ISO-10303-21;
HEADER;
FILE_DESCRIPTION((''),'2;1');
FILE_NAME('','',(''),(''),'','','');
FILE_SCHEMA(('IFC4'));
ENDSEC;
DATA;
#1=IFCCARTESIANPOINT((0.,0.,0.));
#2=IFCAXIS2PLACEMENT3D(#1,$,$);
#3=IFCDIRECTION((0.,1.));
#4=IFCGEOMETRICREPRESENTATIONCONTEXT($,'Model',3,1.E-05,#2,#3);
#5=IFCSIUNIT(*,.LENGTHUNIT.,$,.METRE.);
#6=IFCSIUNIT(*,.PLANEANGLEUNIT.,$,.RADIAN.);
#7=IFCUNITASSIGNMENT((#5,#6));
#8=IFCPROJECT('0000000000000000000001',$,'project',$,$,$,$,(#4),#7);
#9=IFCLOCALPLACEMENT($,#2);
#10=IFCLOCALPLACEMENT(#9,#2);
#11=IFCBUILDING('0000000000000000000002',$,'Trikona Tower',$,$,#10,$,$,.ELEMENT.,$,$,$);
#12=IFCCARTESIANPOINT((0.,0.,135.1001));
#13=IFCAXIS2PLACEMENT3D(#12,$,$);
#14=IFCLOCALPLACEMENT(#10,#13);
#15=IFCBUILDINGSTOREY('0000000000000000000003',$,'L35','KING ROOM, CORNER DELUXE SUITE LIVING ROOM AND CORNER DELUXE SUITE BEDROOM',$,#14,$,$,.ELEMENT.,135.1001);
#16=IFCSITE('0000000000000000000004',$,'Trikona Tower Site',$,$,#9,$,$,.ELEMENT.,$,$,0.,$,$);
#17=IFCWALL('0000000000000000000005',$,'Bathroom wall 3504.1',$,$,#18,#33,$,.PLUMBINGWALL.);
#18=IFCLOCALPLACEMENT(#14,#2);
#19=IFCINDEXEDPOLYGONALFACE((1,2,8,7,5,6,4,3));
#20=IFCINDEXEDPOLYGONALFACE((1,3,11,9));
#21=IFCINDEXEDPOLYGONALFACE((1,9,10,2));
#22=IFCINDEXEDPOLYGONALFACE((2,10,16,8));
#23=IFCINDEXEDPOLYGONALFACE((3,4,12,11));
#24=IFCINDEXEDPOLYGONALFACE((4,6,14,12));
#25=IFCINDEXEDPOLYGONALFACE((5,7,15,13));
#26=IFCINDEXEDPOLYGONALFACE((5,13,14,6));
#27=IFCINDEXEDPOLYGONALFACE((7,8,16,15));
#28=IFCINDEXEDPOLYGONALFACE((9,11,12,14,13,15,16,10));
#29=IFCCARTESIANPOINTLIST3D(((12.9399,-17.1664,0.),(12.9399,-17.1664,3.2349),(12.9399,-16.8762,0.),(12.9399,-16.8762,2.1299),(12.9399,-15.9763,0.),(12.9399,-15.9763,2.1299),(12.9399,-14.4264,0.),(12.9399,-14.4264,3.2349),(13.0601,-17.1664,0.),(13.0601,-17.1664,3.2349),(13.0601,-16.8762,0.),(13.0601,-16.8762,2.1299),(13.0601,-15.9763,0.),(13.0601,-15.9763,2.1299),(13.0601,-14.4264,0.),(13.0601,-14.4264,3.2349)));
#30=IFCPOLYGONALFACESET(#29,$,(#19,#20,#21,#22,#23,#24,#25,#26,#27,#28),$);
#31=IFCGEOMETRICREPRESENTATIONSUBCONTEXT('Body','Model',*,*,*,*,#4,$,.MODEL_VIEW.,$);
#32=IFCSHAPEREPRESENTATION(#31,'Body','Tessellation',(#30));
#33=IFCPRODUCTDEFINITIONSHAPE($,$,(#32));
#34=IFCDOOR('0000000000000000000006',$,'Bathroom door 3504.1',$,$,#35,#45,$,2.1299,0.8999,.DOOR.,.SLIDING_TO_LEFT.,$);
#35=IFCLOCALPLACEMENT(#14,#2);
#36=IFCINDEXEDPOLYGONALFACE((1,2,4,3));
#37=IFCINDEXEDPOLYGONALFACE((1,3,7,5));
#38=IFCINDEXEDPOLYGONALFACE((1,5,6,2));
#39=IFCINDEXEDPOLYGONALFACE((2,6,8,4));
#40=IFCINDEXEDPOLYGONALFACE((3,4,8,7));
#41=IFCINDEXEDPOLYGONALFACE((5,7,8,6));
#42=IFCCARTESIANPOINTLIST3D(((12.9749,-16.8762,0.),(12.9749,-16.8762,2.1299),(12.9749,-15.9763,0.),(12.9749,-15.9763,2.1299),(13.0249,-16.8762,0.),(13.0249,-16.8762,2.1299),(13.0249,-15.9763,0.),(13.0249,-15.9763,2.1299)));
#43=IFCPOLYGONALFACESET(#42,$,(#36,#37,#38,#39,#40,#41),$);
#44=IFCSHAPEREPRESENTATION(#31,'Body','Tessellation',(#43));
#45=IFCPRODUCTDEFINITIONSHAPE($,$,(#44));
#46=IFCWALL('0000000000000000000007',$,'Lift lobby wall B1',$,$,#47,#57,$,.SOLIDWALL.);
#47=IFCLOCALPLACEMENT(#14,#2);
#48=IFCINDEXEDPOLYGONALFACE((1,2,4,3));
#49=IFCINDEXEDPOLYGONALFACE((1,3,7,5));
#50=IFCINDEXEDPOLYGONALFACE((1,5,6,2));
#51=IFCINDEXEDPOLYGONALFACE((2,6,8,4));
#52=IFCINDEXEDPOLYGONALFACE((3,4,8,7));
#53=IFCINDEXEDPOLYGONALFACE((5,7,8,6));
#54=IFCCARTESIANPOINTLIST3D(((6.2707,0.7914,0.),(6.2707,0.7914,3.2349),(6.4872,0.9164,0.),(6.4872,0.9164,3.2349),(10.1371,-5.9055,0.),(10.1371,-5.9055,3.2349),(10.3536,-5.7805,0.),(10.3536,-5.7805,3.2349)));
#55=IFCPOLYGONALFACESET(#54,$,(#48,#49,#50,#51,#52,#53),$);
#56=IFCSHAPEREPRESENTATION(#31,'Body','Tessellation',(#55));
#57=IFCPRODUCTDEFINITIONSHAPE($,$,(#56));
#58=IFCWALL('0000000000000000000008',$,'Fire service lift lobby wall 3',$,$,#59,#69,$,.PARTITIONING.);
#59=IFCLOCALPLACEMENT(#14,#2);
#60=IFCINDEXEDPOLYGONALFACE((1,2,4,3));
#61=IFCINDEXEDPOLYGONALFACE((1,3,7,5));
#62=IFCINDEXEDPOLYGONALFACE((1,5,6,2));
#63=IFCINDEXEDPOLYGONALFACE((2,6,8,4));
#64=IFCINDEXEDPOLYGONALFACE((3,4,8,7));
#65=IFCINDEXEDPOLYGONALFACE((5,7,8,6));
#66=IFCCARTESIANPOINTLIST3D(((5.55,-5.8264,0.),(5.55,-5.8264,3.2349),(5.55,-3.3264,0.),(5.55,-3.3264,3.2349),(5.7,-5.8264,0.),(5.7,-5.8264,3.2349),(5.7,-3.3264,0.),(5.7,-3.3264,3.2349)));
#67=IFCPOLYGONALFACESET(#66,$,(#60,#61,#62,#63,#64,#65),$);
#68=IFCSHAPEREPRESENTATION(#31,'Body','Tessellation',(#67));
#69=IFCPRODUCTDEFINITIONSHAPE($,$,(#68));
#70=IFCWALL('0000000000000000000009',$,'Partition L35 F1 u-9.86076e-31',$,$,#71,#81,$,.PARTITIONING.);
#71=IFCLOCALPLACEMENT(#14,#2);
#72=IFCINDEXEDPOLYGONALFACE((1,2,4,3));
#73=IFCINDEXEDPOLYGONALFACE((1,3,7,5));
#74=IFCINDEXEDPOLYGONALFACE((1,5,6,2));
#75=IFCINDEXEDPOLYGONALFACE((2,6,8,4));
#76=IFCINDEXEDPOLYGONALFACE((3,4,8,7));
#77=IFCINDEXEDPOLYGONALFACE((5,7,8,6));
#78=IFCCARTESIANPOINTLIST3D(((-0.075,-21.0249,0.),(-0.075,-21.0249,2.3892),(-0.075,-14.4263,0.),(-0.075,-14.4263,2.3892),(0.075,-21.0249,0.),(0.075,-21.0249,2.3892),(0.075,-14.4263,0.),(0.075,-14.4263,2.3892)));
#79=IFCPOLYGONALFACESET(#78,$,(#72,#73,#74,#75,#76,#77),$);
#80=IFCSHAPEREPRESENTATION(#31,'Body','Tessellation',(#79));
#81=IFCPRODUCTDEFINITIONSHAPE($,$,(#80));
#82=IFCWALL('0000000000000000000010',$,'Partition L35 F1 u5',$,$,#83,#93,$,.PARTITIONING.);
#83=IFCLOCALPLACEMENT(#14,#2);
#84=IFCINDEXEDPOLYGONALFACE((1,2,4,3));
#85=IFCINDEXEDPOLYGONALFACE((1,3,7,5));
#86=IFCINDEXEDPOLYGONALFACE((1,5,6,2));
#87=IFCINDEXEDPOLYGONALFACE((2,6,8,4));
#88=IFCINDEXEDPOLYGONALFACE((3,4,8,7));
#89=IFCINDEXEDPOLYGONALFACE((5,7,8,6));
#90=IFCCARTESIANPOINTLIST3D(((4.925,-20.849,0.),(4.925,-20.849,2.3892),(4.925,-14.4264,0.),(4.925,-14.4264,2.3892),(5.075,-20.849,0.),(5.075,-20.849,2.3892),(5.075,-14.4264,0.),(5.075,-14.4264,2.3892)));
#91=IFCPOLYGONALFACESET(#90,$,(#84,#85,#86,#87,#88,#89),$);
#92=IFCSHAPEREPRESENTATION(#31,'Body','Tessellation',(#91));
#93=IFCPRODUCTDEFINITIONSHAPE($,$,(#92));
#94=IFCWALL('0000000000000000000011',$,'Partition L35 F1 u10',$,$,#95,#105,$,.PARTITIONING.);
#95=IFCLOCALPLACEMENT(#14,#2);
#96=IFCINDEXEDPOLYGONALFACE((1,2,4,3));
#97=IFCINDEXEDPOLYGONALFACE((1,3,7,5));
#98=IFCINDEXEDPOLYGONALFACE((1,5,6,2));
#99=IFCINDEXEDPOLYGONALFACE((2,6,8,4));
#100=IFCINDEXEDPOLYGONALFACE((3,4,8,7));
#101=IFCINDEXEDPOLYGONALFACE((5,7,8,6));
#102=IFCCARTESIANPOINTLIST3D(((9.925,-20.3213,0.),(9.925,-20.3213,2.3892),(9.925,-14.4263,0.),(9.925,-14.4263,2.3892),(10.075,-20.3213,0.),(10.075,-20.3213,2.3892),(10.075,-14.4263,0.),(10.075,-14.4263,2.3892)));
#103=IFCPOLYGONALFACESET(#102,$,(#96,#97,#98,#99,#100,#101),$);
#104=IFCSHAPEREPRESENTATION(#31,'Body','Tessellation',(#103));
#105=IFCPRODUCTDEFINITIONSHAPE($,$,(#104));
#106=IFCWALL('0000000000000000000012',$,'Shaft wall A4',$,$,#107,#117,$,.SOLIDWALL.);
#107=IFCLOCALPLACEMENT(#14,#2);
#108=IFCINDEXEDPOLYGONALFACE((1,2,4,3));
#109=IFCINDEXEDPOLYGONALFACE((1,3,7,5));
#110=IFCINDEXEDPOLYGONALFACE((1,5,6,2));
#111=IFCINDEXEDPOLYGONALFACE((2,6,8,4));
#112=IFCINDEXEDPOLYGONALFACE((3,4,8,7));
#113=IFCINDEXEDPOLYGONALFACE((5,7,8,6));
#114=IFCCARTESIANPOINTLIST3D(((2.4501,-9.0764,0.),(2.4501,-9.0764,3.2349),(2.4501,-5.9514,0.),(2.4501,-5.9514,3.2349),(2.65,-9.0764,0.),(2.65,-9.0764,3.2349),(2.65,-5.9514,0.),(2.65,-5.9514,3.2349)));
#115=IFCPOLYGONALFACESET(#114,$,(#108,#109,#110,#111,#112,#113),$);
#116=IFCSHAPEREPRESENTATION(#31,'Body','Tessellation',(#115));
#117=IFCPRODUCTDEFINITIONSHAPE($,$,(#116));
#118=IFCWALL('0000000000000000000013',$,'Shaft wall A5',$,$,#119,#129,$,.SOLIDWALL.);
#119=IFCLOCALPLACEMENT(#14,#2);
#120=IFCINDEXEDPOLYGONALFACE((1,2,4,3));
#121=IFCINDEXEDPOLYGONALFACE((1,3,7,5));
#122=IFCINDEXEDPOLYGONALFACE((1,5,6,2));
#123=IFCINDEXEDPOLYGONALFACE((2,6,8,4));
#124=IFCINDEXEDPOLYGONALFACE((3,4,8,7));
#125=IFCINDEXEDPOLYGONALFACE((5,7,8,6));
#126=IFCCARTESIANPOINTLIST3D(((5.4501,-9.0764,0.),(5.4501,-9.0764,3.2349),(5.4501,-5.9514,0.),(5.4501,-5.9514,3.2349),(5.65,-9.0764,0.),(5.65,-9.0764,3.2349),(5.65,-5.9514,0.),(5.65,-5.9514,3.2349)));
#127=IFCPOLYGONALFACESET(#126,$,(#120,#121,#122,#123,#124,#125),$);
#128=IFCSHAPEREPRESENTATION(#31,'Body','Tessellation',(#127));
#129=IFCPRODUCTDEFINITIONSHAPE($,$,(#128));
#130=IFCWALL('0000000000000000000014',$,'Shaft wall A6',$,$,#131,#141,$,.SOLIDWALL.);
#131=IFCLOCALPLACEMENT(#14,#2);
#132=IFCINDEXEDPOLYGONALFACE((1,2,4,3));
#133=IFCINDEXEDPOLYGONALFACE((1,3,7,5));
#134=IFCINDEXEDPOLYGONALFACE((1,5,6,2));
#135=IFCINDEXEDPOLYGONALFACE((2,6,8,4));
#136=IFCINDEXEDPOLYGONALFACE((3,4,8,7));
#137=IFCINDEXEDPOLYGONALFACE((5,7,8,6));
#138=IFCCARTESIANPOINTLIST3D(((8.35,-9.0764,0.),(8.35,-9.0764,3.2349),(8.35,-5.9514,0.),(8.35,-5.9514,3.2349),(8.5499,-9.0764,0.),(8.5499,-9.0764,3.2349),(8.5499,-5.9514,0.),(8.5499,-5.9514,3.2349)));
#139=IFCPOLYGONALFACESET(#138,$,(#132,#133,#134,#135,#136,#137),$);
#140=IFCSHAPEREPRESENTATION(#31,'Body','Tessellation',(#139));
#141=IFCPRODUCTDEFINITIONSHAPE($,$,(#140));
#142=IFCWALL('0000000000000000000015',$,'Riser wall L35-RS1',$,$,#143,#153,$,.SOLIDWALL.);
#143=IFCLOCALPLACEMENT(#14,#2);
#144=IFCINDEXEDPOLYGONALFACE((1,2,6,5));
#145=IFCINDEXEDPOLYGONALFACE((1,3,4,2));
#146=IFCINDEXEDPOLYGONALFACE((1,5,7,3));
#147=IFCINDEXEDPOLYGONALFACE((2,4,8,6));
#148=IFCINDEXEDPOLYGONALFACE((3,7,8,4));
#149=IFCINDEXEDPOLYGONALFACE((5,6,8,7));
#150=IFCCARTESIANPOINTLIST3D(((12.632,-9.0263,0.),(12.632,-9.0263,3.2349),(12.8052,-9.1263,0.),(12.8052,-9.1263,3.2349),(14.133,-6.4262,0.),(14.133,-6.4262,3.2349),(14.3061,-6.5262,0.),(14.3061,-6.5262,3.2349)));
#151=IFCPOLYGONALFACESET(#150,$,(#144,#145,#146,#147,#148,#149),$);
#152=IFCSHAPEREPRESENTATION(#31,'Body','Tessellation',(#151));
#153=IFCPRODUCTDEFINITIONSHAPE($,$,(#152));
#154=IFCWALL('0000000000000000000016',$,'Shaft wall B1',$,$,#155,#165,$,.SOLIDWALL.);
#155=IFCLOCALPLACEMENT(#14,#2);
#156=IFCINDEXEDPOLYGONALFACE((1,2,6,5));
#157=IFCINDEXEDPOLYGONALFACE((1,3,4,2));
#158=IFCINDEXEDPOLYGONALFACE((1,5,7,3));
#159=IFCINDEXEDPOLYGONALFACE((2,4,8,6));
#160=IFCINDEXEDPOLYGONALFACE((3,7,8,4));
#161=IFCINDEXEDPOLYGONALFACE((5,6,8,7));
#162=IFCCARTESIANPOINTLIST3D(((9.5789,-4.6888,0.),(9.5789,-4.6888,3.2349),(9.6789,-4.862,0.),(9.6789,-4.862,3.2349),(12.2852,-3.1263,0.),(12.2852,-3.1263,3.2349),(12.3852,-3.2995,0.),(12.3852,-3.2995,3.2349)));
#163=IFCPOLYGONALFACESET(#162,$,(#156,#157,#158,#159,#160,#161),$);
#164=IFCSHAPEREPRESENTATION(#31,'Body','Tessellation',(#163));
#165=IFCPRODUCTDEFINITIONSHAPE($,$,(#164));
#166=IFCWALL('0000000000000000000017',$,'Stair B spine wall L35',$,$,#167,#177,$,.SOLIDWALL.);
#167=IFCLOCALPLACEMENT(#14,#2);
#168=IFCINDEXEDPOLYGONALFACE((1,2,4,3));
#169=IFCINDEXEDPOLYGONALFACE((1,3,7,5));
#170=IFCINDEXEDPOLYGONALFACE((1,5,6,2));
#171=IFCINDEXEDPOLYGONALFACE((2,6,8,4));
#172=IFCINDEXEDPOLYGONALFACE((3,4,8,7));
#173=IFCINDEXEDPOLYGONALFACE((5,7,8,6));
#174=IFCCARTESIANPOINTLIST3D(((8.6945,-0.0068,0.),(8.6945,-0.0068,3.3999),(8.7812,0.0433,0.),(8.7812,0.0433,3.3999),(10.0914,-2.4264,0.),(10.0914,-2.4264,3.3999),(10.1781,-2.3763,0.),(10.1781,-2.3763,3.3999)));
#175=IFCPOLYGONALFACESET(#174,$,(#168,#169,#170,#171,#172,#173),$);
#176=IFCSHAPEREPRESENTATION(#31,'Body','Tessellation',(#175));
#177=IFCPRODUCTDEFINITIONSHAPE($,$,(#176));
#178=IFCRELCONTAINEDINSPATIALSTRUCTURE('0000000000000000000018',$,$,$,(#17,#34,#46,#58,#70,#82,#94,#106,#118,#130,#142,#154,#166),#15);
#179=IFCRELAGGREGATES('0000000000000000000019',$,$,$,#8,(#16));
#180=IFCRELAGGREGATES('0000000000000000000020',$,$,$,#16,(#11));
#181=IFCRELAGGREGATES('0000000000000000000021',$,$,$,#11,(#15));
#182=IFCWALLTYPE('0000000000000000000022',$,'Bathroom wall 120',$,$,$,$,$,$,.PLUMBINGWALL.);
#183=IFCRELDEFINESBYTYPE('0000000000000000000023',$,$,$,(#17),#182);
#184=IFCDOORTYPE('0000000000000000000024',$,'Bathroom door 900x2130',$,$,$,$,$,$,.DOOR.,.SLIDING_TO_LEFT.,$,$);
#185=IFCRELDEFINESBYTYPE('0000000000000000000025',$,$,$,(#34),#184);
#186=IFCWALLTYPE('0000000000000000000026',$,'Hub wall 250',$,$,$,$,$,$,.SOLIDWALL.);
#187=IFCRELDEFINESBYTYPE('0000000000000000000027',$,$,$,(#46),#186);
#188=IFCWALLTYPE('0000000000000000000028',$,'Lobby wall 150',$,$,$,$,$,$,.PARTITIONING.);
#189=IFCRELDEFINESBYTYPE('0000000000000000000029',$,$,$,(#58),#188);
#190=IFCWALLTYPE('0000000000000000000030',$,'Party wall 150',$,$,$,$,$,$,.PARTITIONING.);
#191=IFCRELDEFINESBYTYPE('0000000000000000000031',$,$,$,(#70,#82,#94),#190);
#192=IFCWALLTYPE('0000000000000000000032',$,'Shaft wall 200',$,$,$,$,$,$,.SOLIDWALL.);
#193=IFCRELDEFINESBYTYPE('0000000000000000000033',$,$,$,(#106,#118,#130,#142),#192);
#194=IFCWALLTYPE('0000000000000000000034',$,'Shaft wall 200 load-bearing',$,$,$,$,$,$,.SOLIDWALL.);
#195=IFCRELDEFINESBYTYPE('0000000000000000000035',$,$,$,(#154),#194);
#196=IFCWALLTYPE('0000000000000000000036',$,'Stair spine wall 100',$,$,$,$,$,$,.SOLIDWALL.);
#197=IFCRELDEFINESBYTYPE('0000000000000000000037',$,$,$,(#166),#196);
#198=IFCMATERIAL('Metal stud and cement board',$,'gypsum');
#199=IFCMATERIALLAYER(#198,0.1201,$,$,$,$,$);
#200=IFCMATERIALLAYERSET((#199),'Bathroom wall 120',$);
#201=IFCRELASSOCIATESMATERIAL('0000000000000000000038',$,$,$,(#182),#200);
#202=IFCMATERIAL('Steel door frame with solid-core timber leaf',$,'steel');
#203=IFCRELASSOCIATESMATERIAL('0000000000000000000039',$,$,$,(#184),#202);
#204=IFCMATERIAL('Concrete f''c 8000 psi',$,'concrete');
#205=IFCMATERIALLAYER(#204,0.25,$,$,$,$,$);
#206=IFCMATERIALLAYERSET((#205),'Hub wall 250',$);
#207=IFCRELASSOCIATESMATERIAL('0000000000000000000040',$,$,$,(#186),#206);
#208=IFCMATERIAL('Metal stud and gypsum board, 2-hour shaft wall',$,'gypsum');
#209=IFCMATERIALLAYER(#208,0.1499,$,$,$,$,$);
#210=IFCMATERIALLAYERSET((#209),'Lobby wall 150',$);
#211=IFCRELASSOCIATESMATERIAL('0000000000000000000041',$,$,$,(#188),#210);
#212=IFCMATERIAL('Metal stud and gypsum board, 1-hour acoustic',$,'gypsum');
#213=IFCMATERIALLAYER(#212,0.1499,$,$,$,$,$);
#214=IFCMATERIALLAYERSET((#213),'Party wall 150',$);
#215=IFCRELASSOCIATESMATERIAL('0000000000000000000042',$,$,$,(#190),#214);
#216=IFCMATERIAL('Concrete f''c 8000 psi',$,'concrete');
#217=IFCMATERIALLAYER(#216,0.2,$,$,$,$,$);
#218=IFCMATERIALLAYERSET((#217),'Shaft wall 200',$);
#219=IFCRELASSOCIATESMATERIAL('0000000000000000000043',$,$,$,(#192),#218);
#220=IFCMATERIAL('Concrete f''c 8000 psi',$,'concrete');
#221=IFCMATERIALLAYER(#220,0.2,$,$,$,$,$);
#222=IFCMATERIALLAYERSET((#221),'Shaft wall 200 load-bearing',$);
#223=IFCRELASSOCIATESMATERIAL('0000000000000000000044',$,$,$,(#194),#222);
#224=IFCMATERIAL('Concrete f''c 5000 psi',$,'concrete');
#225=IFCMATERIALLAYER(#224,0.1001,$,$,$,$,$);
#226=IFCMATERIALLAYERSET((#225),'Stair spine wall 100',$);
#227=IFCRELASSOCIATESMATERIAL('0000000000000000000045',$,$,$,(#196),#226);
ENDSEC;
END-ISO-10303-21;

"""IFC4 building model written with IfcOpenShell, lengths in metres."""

from ifc_helpers import new_model, si_unit, direction, frame, frame_2d, origin, place, context, subcontext, project, spatial, rectangle, extrude, material, layer, layer_set, type_object, element, fill, save


model = new_model("IFC4")

# Units and contexts
model_context = context("Model", 3, precision=1e-05, world=origin(), true_north=direction((0.0, 1.0)))
body_context = subcontext(model_context, "Body", "Model", "MODEL_VIEW")
ifc_project = project(units=[si_unit("LENGTHUNIT", "METRE"), si_unit("PLANEANGLEUNIT", "RADIAN")], contexts=[model_context])

# Site, building, storey
site_placement = place(None, origin())
site = spatial("IfcSite", under=ifc_project, at=site_placement, Name="Trikona Tower Site", CompositionType="ELEMENT", RefElevation=0.0)
building_placement = place(site_placement, origin())
building = spatial("IfcBuilding", under=site, at=building_placement, Name="Trikona Tower", CompositionType="ELEMENT")
storey_placement = place(building_placement, frame((0.0, 0.0, 135.1001)))
storey = spatial("IfcBuildingStorey", under=building, at=storey_placement, Name="L35", Description="KING ROOM, CORNER DELUXE SUITE LIVING ROOM AND CORNER DELUXE SUITE BEDROOM", CompositionType="ELEMENT", Elevation=135.1001)

# Shared definitions
ifc_material_1 = material(Name="Metal stud and cement board", Category="gypsum")
ifc_layer_1 = layer(ifc_material_1, 0.1201)
ifc_layer_set_1 = layer_set([ifc_layer_1], Name="Bathroom wall 120")
wall_type_1 = type_object("IfcWallType", Name="Bathroom wall 120", PredefinedType="PLUMBINGWALL", material=ifc_layer_set_1)

# Shared definitions
ifc_material_2 = material(Name="Steel door frame with solid-core timber leaf", Category="steel")
door_type = type_object("IfcDoorType", Name="Bathroom door 900x2130", OperationType="SLIDING_TO_LEFT", PredefinedType="DOOR", material=ifc_material_2)

# Wall, opening, door
wall_1_placement = place(storey_placement, frame((13.0, -14.4263, 0.0), z_axis=(0.0, 0.0, 1.0), x_axis=(0.0, -1.0, 0.0)))
wall_1 = element("IfcWall", 1, at=wall_1_placement, inside=storey, type_object=wall_type_1, Name="Bathroom wall 3504.1", PredefinedType="PLUMBINGWALL", context=body_context, shape_type="SweptSolid", body=[
    extrude(rectangle(XDim=2.74, YDim=0.1201, at=frame_2d((1.3701, 0.0))), origin(), (0.0, 0.0, 1.0), 3.2349),
])
opening_1_placement = place(wall_1_placement, frame((1.55, 0.0, 0.0)))
opening_1 = element("IfcOpeningElement", 2, at=opening_1_placement, cuts=wall_1, PredefinedType="OPENING", context=body_context, shape_type="SweptSolid", body=[
    extrude(rectangle(XDim=0.8999, YDim=2.1299, at=frame_2d((0.45, 1.0649))), frame((0.0, 0.0701, 0.0), z_axis=(0.0, -1.0, 0.0), x_axis=(1.0, 0.0, 0.0)), (0.0, 0.0, 1.0), 0.1401),
])
door_1_placement = place(opening_1_placement, origin())
door_1 = element("IfcDoor", 3, at=door_1_placement, inside=storey, type_object=door_type, Name="Bathroom door 3504.1", OperationType="SLIDING_TO_LEFT", OverallHeight=2.1299, OverallWidth=0.8999, PredefinedType="DOOR", context=body_context, shape_type="SweptSolid", body=[
    extrude(rectangle(XDim=0.8999, YDim=2.1299, at=frame_2d((0.45, 1.0649))), frame((0.0, 0.0249, 0.0), z_axis=(0.0, -1.0, 0.0), x_axis=(1.0, 0.0, 0.0)), (0.0, 0.0, 1.0), 0.05),
])
fill(opening_1, door_1)

# Walls
ifc_material_3 = material(Name="Concrete f'c 8000 psi", Category="concrete")
ifc_layer_2 = layer(ifc_material_3, 0.25)
ifc_layer_set_2 = layer_set([ifc_layer_2], Name="Hub wall 250")
wall_type_2 = type_object("IfcWallType", Name="Hub wall 250", PredefinedType="SOLIDWALL", material=ifc_layer_set_2)
wall_2_placement = place(storey_placement, frame((10.2454, -5.843, 0.0), z_axis=(0.0, 0.0, 1.0), x_axis=(-0.499993, 0.866029, 0.0)))
element("IfcWall", 4, at=wall_2_placement, inside=storey, type_object=wall_type_2, Name="Lift lobby wall B1", PredefinedType="SOLIDWALL", context=body_context, shape_type="SweptSolid", body=[
    extrude(rectangle(XDim=7.7329, YDim=0.25, at=frame_2d((3.8665, 0.0))), origin(), (0.0, 0.0, 1.0), 3.2349),
])
ifc_material_4 = material(Name="Metal stud and gypsum board, 2-hour shaft wall", Category="gypsum")
ifc_layer_3 = layer(ifc_material_4, 0.1499)
ifc_layer_set_3 = layer_set([ifc_layer_3], Name="Lobby wall 150")
wall_type_3 = type_object("IfcWallType", Name="Lobby wall 150", PredefinedType="PARTITIONING", material=ifc_layer_set_3)
wall_3_placement = place(storey_placement, frame((5.625, -5.8264, 0.0), z_axis=(0.0, 0.0, 1.0), x_axis=(0.0, 1.0, 0.0)))
element("IfcWall", 5, at=wall_3_placement, inside=storey, type_object=wall_type_3, Name="Fire service lift lobby wall 3", PredefinedType="PARTITIONING", context=body_context, shape_type="SweptSolid", body=[
    extrude(rectangle(XDim=2.5, YDim=0.1499, at=frame_2d((1.25, 0.0))), origin(), (0.0, 0.0, 1.0), 3.2349),
])
ifc_material_5 = material(Name="Metal stud and gypsum board, 1-hour acoustic", Category="gypsum")
ifc_layer_4 = layer(ifc_material_5, 0.1499)
ifc_layer_set_4 = layer_set([ifc_layer_4], Name="Party wall 150")
wall_type_4 = type_object("IfcWallType", Name="Party wall 150", PredefinedType="PARTITIONING", material=ifc_layer_set_4)
wall_4_placement = place(storey_placement, frame((0.0, -14.4263, 0.0), z_axis=(0.0, 0.0, 1.0), x_axis=(0.0, -1.0, 0.0)))
element("IfcWall", 6, at=wall_4_placement, inside=storey, type_object=wall_type_4, Name="Partition L35 F1 u-9.86076e-31", PredefinedType="PARTITIONING", context=body_context, shape_type="SweptSolid", body=[
    extrude(rectangle(XDim=6.5986, YDim=0.1499, at=frame_2d((3.2993, 0.0))), origin(), (0.0, 0.0, 1.0), 2.3892),
])
wall_5_placement = place(storey_placement, frame((5.0, -14.4263, 0.0), z_axis=(0.0, 0.0, 1.0), x_axis=(0.0, -1.0, 0.0)))
element("IfcWall", 7, at=wall_5_placement, inside=storey, type_object=wall_type_4, Name="Partition L35 F1 u5", PredefinedType="PARTITIONING", context=body_context, shape_type="SweptSolid", body=[
    extrude(rectangle(XDim=6.4226, YDim=0.1499, at=frame_2d((3.2114, 0.0))), origin(), (0.0, 0.0, 1.0), 2.3892),
])
wall_6_placement = place(storey_placement, frame((10.0, -14.4263, 0.0), z_axis=(0.0, 0.0, 1.0), x_axis=(0.0, -1.0, 0.0)))
element("IfcWall", 8, at=wall_6_placement, inside=storey, type_object=wall_type_4, Name="Partition L35 F1 u10", PredefinedType="PARTITIONING", context=body_context, shape_type="SweptSolid", body=[
    extrude(rectangle(XDim=5.895, YDim=0.1499, at=frame_2d((2.9475, 0.0))), origin(), (0.0, 0.0, 1.0), 2.3892),
])
ifc_material_6 = material(Name="Concrete f'c 8000 psi", Category="concrete")
ifc_layer_5 = layer(ifc_material_6, 0.2)
ifc_layer_set_5 = layer_set([ifc_layer_5], Name="Shaft wall 200")
wall_type_5 = type_object("IfcWallType", Name="Shaft wall 200", PredefinedType="SOLIDWALL", material=ifc_layer_set_5)
for number, where, z_axis, x_axis, name in (
    (9, (2.55, -5.9514, 0.0), (0.0, 0.0, 1.0), (0.0, -1.0, 0.0), "Shaft wall A4"),
    (10, (5.55, -5.9514, 0.0), (0.0, 0.0, 1.0), (0.0, -1.0, 0.0), "Shaft wall A5"),
    (11, (8.45, -5.9514, 0.0), (0.0, 0.0, 1.0), (0.0, -1.0, 0.0), "Shaft wall A6"),
):
    element("IfcWall", number, at=place(storey_placement, frame(where, z_axis=z_axis, x_axis=x_axis)), inside=storey, type_object=wall_type_5, Name=name, PredefinedType="SOLIDWALL", context=body_context, shape_type="SweptSolid", body=[
        extrude(rectangle(XDim=3.125, YDim=0.2, at=frame_2d((1.5625, 0.0))), origin(), (0.0, 0.0, 1.0), 3.2349),
    ])
wall_7_placement = place(storey_placement, frame((14.2195, -6.4763, 0.0), z_axis=(0.0, 0.0, 1.0), x_axis=(-0.499952, -0.866053, 0.0)))
element("IfcWall", 12, at=wall_7_placement, inside=storey, type_object=wall_type_5, Name="Riser wall L35-RS1", PredefinedType="SOLIDWALL", context=body_context, shape_type="SweptSolid", body=[
    extrude(rectangle(XDim=3.0022, YDim=0.2, at=frame_2d((1.501, 0.0))), origin(), (0.0, 0.0, 1.0), 3.2349),
])
ifc_material_7 = material(Name="Concrete f'c 8000 psi", Category="concrete")
ifc_layer_6 = layer(ifc_material_7, 0.2)
ifc_layer_set_6 = layer_set([ifc_layer_6], Name="Shaft wall 200 load-bearing")
wall_type_6 = type_object("IfcWallType", Name="Shaft wall 200 load-bearing", PredefinedType="SOLIDWALL", material=ifc_layer_set_6)
wall_8_placement = place(storey_placement, frame((9.6289, -4.7754, 0.0), z_axis=(0.0, 0.0, 1.0), x_axis=(0.866023, 0.500004, 0.0)))
element("IfcWall", 13, at=wall_8_placement, inside=storey, type_object=wall_type_6, Name="Shaft wall B1", PredefinedType="SOLIDWALL", context=body_context, shape_type="SweptSolid", body=[
    extrude(rectangle(XDim=3.125, YDim=0.2, at=frame_2d((1.5625, 0.0))), origin(), (0.0, 0.0, 1.0), 3.2349),
])
ifc_material_8 = material(Name="Concrete f'c 5000 psi", Category="concrete")
ifc_layer_7 = layer(ifc_material_8, 0.1001)
ifc_layer_set_7 = layer_set([ifc_layer_7], Name="Stair spine wall 100")
wall_type_7 = type_object("IfcWallType", Name="Stair spine wall 100", PredefinedType="SOLIDWALL", material=ifc_layer_set_7)
wall_9_placement = place(storey_placement, frame((10.1348, -2.4014, 0.0), z_axis=(0.0, 0.0, 1.0), x_axis=(-0.499992, 0.86603, 0.0)))
element("IfcWall", 14, at=wall_9_placement, inside=storey, type_object=wall_type_7, Name="Stair B spine wall L35", PredefinedType="SOLIDWALL", context=body_context, shape_type="SweptSolid", body=[
    extrude(rectangle(XDim=2.7939, YDim=0.1001, at=frame_2d((1.397, 0.0))), origin(), (0.0, 0.0, 1.0), 3.3999),
])

save(model, "model.ifc")
